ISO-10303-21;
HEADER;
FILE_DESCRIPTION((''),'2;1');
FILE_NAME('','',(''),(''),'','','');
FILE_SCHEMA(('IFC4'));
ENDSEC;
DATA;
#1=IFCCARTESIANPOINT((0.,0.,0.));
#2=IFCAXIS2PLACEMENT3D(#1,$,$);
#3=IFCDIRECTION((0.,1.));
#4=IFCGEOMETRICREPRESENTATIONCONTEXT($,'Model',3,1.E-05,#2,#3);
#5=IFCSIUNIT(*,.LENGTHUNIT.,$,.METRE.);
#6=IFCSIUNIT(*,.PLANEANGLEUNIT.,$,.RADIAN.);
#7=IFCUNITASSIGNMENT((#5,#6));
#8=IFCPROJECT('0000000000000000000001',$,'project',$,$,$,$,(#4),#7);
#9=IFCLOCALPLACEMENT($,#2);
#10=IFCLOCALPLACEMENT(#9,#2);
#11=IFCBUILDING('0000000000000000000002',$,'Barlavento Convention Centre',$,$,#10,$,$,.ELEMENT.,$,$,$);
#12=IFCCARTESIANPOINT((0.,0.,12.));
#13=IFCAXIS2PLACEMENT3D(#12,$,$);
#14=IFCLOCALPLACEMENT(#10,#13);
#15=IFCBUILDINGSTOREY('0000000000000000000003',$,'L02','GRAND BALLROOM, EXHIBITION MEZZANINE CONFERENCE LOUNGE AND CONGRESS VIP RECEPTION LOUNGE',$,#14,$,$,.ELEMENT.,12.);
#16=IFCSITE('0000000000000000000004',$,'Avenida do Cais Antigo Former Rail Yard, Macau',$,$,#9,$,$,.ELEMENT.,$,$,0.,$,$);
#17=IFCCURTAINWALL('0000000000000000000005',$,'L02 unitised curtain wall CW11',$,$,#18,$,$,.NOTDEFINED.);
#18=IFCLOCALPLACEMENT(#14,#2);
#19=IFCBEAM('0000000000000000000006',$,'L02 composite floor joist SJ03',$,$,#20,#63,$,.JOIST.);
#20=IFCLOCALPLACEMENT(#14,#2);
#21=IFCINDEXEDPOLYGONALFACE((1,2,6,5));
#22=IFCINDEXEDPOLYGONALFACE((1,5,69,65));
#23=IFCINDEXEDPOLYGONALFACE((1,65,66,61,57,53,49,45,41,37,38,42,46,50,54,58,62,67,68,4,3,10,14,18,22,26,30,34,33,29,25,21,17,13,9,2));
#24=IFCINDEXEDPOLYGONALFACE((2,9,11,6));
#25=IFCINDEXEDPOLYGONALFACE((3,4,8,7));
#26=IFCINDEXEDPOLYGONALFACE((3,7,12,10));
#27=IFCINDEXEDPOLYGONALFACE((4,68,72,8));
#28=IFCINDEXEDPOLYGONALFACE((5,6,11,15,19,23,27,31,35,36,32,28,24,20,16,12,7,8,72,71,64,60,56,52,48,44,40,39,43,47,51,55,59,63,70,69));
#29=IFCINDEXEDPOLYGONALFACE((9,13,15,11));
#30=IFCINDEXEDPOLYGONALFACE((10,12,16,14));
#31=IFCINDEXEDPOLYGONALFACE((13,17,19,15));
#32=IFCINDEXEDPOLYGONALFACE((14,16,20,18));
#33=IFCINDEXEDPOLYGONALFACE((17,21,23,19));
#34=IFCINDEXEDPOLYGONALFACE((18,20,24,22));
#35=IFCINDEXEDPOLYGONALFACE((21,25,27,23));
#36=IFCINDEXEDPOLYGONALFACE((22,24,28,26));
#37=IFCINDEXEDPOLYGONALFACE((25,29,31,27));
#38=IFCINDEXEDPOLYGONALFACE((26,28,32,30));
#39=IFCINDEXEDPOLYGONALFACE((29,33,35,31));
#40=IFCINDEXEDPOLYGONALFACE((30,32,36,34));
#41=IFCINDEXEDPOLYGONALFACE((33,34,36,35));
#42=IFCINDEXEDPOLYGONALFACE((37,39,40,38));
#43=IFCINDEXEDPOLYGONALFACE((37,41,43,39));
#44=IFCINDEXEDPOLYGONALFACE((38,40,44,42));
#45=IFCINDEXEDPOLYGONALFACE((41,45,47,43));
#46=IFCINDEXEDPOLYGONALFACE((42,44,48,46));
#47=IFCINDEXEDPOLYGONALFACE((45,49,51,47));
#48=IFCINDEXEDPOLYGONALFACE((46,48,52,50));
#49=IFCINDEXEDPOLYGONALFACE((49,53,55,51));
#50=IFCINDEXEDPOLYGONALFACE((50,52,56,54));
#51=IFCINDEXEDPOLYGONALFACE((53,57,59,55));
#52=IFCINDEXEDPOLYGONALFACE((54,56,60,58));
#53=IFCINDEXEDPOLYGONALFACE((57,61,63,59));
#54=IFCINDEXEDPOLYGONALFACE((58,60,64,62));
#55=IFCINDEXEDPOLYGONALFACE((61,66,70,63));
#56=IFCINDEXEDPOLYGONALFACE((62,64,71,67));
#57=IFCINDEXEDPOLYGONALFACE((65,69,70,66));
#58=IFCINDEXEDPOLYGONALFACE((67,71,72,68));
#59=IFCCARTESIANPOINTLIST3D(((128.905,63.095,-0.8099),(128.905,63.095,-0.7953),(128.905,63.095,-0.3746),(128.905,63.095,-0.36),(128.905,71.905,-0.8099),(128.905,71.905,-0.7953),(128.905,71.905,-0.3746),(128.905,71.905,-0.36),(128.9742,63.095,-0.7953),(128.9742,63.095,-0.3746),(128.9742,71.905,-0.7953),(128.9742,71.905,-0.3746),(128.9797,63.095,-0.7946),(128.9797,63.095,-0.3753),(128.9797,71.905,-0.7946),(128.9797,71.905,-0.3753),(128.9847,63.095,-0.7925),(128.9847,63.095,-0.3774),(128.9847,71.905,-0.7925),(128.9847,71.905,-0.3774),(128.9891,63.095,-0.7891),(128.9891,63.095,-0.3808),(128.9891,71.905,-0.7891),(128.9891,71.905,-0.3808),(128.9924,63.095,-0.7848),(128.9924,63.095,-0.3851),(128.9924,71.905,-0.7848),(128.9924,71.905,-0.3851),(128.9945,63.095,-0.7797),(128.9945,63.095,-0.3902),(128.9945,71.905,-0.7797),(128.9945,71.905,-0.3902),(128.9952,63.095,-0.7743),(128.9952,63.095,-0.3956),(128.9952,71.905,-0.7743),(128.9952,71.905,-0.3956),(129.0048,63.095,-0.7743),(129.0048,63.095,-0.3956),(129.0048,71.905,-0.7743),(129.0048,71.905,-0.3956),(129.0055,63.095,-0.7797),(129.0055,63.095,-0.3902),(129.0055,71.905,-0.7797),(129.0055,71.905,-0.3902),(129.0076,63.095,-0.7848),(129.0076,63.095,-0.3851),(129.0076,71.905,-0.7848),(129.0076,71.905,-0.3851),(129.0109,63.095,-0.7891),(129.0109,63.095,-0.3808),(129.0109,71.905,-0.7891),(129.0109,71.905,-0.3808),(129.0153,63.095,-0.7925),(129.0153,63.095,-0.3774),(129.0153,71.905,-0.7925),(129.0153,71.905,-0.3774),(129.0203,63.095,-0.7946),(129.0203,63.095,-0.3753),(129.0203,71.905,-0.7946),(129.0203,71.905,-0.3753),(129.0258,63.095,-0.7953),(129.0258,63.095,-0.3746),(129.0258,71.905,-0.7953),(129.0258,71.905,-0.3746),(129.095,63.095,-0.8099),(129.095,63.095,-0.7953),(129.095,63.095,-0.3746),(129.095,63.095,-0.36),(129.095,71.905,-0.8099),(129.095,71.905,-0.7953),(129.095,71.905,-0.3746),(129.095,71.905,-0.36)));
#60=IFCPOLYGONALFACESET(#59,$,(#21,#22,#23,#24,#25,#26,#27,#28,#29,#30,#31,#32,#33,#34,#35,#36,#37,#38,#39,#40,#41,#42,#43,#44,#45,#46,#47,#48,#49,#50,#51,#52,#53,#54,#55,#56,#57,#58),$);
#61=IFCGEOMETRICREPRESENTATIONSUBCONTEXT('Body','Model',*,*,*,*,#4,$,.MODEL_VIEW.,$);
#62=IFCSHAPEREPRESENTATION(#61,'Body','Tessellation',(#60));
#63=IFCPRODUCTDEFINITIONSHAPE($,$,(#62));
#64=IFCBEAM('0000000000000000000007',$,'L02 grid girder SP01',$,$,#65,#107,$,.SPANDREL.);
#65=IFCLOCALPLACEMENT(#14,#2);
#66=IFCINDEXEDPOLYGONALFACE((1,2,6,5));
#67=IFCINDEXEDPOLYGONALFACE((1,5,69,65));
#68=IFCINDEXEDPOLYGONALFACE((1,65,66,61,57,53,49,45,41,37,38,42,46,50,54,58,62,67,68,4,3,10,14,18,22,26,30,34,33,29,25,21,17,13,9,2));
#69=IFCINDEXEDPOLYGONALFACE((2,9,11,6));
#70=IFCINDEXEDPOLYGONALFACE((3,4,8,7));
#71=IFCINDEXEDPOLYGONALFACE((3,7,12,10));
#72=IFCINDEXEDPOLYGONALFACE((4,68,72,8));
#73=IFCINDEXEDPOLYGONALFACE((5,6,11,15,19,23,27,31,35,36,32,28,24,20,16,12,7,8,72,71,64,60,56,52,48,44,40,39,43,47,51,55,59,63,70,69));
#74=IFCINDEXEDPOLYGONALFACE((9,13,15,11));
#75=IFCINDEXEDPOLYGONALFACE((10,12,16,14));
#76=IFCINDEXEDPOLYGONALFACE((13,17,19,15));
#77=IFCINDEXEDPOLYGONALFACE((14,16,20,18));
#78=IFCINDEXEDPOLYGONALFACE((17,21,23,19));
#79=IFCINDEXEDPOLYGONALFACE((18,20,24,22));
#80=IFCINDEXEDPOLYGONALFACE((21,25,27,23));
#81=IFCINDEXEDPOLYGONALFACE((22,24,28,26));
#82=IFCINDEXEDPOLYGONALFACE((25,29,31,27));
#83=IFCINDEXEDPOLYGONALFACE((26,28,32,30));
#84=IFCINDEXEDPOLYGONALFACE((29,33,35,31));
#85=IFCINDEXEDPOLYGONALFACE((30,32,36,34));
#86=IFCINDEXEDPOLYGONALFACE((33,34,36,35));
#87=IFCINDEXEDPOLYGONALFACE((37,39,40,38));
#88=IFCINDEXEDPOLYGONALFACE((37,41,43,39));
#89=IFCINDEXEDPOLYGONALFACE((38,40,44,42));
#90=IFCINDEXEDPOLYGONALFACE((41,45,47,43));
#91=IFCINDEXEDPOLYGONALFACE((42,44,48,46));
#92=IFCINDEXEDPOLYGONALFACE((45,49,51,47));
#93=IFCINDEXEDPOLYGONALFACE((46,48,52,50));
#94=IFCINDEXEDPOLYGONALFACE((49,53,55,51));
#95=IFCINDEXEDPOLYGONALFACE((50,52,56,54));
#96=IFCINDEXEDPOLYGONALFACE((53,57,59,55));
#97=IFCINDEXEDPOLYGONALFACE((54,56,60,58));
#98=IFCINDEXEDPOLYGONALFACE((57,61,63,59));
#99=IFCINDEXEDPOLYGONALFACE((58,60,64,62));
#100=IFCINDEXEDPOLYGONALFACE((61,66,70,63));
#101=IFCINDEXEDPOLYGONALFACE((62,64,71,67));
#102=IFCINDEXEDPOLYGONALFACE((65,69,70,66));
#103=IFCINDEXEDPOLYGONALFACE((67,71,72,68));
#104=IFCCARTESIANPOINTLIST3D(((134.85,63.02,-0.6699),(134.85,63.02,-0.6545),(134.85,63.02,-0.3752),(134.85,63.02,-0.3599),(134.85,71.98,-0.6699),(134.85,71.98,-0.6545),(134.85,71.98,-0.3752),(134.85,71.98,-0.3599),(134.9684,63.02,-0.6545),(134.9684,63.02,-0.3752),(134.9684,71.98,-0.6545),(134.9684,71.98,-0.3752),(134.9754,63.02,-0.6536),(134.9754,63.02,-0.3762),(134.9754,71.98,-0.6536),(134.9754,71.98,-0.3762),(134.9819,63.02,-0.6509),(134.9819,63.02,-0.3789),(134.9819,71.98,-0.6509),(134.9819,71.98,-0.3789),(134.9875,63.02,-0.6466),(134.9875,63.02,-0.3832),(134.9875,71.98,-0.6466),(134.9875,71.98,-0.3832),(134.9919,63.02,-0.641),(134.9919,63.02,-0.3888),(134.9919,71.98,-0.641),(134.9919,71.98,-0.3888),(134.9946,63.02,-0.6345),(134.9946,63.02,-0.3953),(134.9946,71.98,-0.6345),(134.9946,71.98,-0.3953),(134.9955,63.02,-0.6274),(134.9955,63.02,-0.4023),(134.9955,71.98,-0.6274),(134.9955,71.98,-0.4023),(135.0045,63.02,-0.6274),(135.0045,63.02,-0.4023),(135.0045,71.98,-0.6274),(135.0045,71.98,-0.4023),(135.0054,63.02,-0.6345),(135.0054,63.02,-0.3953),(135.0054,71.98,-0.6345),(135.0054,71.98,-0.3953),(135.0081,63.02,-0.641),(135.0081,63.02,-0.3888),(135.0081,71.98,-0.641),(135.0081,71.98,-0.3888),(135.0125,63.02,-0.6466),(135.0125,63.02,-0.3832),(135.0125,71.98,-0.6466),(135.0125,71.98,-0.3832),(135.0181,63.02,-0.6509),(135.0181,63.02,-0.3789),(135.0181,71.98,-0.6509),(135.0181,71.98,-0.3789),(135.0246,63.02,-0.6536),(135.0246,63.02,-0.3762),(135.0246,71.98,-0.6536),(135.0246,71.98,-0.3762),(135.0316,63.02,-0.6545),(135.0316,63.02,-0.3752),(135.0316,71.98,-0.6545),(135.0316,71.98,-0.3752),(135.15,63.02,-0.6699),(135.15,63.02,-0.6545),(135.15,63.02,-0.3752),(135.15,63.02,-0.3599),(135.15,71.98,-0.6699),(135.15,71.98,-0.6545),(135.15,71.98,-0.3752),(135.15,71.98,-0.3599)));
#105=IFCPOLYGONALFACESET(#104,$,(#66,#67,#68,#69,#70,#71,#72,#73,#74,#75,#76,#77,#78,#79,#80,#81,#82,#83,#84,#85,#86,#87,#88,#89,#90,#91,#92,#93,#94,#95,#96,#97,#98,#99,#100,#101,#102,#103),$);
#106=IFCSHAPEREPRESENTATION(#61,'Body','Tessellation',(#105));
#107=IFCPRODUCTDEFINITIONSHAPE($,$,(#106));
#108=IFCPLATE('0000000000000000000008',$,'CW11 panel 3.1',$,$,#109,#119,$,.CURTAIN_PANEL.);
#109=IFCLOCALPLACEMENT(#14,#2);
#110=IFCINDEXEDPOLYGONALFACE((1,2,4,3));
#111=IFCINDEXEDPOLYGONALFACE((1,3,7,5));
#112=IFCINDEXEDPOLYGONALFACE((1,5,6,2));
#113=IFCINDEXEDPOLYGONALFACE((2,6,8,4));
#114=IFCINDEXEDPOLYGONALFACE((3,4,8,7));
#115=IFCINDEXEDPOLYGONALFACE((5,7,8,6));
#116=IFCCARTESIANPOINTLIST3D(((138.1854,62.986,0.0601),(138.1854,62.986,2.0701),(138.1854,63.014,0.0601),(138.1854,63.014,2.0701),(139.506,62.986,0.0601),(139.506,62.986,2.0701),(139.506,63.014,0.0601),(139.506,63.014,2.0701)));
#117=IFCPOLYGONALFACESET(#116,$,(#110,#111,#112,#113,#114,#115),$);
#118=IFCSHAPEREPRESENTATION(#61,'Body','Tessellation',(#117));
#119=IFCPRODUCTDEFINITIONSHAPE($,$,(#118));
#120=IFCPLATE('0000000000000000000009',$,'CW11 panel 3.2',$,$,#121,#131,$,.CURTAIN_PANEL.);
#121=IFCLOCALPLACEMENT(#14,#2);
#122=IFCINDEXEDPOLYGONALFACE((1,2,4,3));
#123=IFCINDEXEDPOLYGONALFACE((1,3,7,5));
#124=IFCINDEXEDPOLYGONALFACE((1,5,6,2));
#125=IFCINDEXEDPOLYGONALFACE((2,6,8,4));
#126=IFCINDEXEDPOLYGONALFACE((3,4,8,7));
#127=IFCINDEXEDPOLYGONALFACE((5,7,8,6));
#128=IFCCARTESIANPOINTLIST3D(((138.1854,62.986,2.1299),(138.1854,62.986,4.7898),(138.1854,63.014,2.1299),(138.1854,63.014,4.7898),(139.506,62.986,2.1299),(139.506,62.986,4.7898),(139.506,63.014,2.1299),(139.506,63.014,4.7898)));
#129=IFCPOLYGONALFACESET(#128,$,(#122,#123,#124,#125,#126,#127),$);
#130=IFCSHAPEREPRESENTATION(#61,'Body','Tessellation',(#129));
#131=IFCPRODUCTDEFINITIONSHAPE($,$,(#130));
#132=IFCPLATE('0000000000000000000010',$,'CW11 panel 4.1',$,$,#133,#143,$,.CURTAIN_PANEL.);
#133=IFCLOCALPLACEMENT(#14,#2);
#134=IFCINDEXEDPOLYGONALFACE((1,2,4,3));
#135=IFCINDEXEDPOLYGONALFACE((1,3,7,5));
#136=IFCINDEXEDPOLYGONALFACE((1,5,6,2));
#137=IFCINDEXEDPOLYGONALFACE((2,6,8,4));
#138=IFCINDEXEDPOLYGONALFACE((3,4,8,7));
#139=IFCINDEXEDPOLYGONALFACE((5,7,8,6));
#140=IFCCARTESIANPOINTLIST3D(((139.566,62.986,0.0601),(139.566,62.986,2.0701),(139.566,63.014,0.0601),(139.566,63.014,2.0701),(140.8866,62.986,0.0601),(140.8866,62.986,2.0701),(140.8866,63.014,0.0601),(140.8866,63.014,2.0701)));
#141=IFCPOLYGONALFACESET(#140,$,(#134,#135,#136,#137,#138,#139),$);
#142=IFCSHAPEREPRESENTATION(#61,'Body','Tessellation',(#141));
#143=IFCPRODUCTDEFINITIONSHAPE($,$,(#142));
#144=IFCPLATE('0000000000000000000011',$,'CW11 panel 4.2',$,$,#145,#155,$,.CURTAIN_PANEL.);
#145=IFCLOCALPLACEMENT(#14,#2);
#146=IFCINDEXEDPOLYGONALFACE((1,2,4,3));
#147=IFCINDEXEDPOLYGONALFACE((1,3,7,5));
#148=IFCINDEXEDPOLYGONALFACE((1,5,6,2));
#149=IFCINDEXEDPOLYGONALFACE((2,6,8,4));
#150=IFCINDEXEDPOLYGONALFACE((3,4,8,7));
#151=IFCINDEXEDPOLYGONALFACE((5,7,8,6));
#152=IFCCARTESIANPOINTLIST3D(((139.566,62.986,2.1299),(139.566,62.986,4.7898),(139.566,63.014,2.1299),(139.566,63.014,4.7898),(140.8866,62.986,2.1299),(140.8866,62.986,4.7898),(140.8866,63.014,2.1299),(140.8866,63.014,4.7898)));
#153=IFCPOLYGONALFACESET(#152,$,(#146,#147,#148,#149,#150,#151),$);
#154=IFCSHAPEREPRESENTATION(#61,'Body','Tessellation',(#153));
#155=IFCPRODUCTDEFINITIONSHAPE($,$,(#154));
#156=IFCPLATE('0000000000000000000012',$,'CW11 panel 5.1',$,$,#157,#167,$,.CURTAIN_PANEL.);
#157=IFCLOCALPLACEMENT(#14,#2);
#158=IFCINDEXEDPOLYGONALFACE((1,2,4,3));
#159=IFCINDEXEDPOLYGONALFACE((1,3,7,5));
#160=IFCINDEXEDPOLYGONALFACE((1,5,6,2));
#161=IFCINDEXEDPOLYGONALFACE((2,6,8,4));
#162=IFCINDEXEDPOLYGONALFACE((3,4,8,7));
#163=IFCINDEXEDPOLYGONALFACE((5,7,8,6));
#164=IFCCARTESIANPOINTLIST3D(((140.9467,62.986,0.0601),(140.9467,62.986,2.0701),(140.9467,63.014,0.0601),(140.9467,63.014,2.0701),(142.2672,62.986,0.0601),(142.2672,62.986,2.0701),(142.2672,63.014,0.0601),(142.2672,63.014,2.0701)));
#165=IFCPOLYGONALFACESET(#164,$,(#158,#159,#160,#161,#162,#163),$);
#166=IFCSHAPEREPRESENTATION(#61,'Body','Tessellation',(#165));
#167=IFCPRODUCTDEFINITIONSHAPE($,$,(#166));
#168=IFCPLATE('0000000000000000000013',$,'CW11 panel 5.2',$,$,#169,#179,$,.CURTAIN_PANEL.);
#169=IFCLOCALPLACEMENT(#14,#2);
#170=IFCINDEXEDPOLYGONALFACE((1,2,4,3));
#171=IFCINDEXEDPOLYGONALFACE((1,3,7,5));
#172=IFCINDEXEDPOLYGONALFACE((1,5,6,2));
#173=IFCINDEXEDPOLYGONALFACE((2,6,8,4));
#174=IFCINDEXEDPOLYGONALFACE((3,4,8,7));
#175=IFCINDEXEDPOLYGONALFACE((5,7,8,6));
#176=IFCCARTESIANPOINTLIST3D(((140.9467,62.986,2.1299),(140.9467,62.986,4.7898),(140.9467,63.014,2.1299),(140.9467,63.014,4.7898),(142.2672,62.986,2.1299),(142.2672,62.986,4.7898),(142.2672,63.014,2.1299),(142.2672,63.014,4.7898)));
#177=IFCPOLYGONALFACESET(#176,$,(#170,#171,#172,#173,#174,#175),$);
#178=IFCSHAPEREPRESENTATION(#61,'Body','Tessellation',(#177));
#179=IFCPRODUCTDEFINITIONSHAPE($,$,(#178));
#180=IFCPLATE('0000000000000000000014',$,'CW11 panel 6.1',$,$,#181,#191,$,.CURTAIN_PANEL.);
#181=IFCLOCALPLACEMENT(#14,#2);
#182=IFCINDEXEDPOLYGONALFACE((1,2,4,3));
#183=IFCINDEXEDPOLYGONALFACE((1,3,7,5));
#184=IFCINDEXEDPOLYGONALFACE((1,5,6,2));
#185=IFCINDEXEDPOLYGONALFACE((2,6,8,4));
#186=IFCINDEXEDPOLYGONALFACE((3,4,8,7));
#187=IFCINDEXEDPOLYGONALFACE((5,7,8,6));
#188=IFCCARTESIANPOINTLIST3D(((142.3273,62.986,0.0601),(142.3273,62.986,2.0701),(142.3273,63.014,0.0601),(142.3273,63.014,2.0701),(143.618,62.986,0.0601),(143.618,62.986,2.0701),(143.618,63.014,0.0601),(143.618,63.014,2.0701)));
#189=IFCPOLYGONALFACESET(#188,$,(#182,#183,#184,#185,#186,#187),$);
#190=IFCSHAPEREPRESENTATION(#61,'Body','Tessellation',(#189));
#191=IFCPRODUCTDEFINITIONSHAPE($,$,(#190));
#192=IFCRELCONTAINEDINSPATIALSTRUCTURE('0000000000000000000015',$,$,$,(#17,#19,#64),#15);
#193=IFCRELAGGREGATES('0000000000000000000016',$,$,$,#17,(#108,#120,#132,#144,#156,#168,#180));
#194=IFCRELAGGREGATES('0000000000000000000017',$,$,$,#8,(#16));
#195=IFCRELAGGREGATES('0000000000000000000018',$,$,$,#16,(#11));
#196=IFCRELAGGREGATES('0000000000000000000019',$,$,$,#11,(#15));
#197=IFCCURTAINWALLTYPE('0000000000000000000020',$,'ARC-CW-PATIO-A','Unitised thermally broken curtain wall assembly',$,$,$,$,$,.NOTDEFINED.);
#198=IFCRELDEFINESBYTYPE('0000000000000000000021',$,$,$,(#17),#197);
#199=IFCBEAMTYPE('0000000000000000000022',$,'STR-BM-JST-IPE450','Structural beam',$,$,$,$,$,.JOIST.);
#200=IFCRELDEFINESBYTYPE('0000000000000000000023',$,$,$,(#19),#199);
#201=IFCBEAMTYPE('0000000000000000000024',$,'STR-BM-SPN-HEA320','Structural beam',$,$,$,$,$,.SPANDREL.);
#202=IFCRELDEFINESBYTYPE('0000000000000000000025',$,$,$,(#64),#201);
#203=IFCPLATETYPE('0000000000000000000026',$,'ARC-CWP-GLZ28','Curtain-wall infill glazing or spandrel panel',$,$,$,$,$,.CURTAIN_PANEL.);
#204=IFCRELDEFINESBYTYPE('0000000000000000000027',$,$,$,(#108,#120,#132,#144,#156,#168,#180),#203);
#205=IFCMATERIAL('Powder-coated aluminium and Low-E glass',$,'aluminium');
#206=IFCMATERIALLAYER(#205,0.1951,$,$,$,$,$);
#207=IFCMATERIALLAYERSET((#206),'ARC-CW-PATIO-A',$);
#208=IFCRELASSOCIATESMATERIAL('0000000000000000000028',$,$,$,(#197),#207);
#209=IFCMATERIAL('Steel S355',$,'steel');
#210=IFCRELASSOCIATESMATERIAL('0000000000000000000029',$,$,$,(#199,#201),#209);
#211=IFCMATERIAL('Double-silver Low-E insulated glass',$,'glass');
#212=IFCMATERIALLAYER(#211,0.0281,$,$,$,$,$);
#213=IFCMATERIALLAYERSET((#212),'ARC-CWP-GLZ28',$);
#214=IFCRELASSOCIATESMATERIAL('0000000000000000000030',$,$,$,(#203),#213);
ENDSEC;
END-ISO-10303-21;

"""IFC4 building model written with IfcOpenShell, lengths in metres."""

from ifc_helpers import new_model, si_unit, direction, frame, origin, origin_2d, place, context, subcontext, project, spatial, rectangle, i_section, extrude, material, layer, layer_set, material_profile, profile_set, type_object, element, aggregate, save


model = new_model("IFC4")

# Units and contexts
model_context = context("Model", 3, precision=1e-05, world=origin(), true_north=direction((0.0, 1.0)))
body_context = subcontext(model_context, "Body", "Model", "MODEL_VIEW")
ifc_project = project(units=[si_unit("LENGTHUNIT", "METRE"), si_unit("PLANEANGLEUNIT", "RADIAN")], contexts=[model_context])

# Site, building, storey
site_placement = place(None, origin())
site = spatial("IfcSite", under=ifc_project, at=site_placement, Name="Avenida do Cais Antigo Former Rail Yard, Macau", CompositionType="ELEMENT", RefElevation=0.0)
building_placement = place(site_placement, origin())
building = spatial("IfcBuilding", under=site, at=building_placement, Name="Barlavento Convention Centre", CompositionType="ELEMENT")
storey_placement = place(building_placement, frame((0.0, 0.0, 12.0)))
storey = spatial("IfcBuildingStorey", under=building, at=storey_placement, Name="L02", Description="GRAND BALLROOM, EXHIBITION MEZZANINE CONFERENCE LOUNGE AND CONGRESS VIP RECEPTION LOUNGE", CompositionType="ELEMENT", Elevation=12.0)

# Curtain wall
ifc_material_1 = material(Name="Powder-coated aluminium and Low-E glass", Category="aluminium")
ifc_layer_1 = layer(ifc_material_1, 0.1951)
ifc_layer_set_1 = layer_set([ifc_layer_1], Name="ARC-CW-PATIO-A")
curtain_wall_type_1 = type_object("IfcCurtainWallType", Name="ARC-CW-PATIO-A", Description="Unitised thermally broken curtain wall assembly", PredefinedType="NOTDEFINED", material=ifc_layer_set_1)
curtain_wall_1_placement = place(storey_placement, origin())
curtain_wall_1 = element("IfcCurtainWall", 1, at=curtain_wall_1_placement, inside=storey, type_object=curtain_wall_type_1, Name="L02 unitised curtain wall CW11", PredefinedType="NOTDEFINED")

# Beams
ifc_material_2 = material(Name="Steel S355", Category="steel")
ifc_material_profile_1 = material_profile(ifc_material_2, i_section(OverallWidth=0.1899, OverallDepth=0.45, WebThickness=0.0095, FlangeThickness=0.0146, FilletRadius=0.021, at=origin_2d()), Name="IPE 450")
ifc_profile_set_1 = profile_set([ifc_material_profile_1], Name="Steel S355")
beam_type_1 = type_object("IfcBeamType", Name="STR-BM-JST-IPE450", Description="Structural beam", PredefinedType="JOIST", material=ifc_profile_set_1)
beam_1_placement = place(storey_placement, frame((129.0, 63.095, -0.585), z_axis=(0.0, 1.0, 0.0), x_axis=(-1.0, 0.0, 0.0)))
element("IfcBeam", 2, at=beam_1_placement, inside=storey, type_object=beam_type_1, Name="L02 composite floor joist SJ03", PredefinedType="JOIST", context=body_context, shape_type="SweptSolid", body=[
    extrude(i_section(OverallWidth=0.1899, OverallDepth=0.45, WebThickness=0.0095, FlangeThickness=0.0146, FilletRadius=0.021, at=origin_2d()), origin(), (0.0, 0.0, 1.0), 8.8101),
])
ifc_material_profile_2 = material_profile(ifc_material_2, i_section(OverallWidth=0.3, OverallDepth=0.3101, WebThickness=0.009, FlangeThickness=0.0154, FilletRadius=0.0271, at=origin_2d()), Name="HEA 320")
ifc_profile_set_2 = profile_set([ifc_material_profile_2], Name="Steel S355")
beam_type_2 = type_object("IfcBeamType", Name="STR-BM-SPN-HEA320", Description="Structural beam", PredefinedType="SPANDREL", material=ifc_profile_set_2)
beam_2_placement = place(storey_placement, frame((135.0, 63.02, -0.5149), z_axis=(0.0, 1.0, 0.0), x_axis=(-1.0, 0.0, 0.0)))
element("IfcBeam", 3, at=beam_2_placement, inside=storey, type_object=beam_type_2, Name="L02 grid girder SP01", PredefinedType="SPANDREL", context=body_context, shape_type="SweptSolid", body=[
    extrude(i_section(OverallWidth=0.3, OverallDepth=0.3101, WebThickness=0.009, FlangeThickness=0.0154, FilletRadius=0.0271, at=origin_2d()), origin(), (0.0, 0.0, 1.0), 8.96),
])

# Plates
ifc_material_3 = material(Name="Double-silver Low-E insulated glass", Category="glass")
ifc_layer_2 = layer(ifc_material_3, 0.0281)
ifc_layer_set_2 = layer_set([ifc_layer_2], Name="ARC-CWP-GLZ28")
plate_type = type_object("IfcPlateType", Name="ARC-CWP-GLZ28", Description="Curtain-wall infill glazing or spandrel panel", PredefinedType="CURTAIN_PANEL", material=ifc_layer_set_2)
plate_1_placement = place(storey_placement, frame((138.8457, 63.0, 0.0601), z_axis=(0.0, 0.0, 1.0), x_axis=(1.0, 0.0, 0.0)))
plate_1 = element("IfcPlate", 4, at=plate_1_placement, type_object=plate_type, Name="CW11 panel 3.1", PredefinedType="CURTAIN_PANEL", context=body_context, shape_type="SweptSolid", body=[
    extrude(rectangle(XDim=1.3206, YDim=0.0281, at=origin_2d()), origin(), (0.0, 0.0, 1.0), 2.01),
])
plate_2_placement = place(storey_placement, frame((138.8457, 63.0, 2.1299), z_axis=(0.0, 0.0, 1.0), x_axis=(1.0, 0.0, 0.0)))
plate_2 = element("IfcPlate", 5, at=plate_2_placement, type_object=plate_type, Name="CW11 panel 3.2", PredefinedType="CURTAIN_PANEL", context=body_context, shape_type="SweptSolid", body=[
    extrude(rectangle(XDim=1.3206, YDim=0.0281, at=origin_2d()), origin(), (0.0, 0.0, 1.0), 2.6599),
])
plate_3_placement = place(storey_placement, frame((140.2263, 63.0, 0.0601), z_axis=(0.0, 0.0, 1.0), x_axis=(1.0, 0.0, 0.0)))
plate_3 = element("IfcPlate", 6, at=plate_3_placement, type_object=plate_type, Name="CW11 panel 4.1", PredefinedType="CURTAIN_PANEL", context=body_context, shape_type="SweptSolid", body=[
    extrude(rectangle(XDim=1.3206, YDim=0.0281, at=origin_2d()), origin(), (0.0, 0.0, 1.0), 2.01),
])
plate_4_placement = place(storey_placement, frame((140.2263, 63.0, 2.1299), z_axis=(0.0, 0.0, 1.0), x_axis=(1.0, 0.0, 0.0)))
plate_4 = element("IfcPlate", 7, at=plate_4_placement, type_object=plate_type, Name="CW11 panel 4.2", PredefinedType="CURTAIN_PANEL", context=body_context, shape_type="SweptSolid", body=[
    extrude(rectangle(XDim=1.3206, YDim=0.0281, at=origin_2d()), origin(), (0.0, 0.0, 1.0), 2.6599),
])
plate_5_placement = place(storey_placement, frame((141.6069, 63.0, 0.0601), z_axis=(0.0, 0.0, 1.0), x_axis=(1.0, 0.0, 0.0)))
plate_5 = element("IfcPlate", 8, at=plate_5_placement, type_object=plate_type, Name="CW11 panel 5.1", PredefinedType="CURTAIN_PANEL", context=body_context, shape_type="SweptSolid", body=[
    extrude(rectangle(XDim=1.3206, YDim=0.0281, at=origin_2d()), origin(), (0.0, 0.0, 1.0), 2.01),
])
plate_6_placement = place(storey_placement, frame((141.6069, 63.0, 2.1299), z_axis=(0.0, 0.0, 1.0), x_axis=(1.0, 0.0, 0.0)))
plate_6 = element("IfcPlate", 9, at=plate_6_placement, type_object=plate_type, Name="CW11 panel 5.2", PredefinedType="CURTAIN_PANEL", context=body_context, shape_type="SweptSolid", body=[
    extrude(rectangle(XDim=1.3206, YDim=0.0281, at=origin_2d()), origin(), (0.0, 0.0, 1.0), 2.6599),
])
plate_7_placement = place(storey_placement, frame((142.9727, 63.0, 0.0601), z_axis=(0.0, 0.0, 1.0), x_axis=(1.0, 0.0, 0.0)))
plate_7 = element("IfcPlate", 10, at=plate_7_placement, type_object=plate_type, Name="CW11 panel 6.1", PredefinedType="CURTAIN_PANEL", context=body_context, shape_type="SweptSolid", body=[
    extrude(rectangle(XDim=1.2908, YDim=0.0281, at=origin_2d()), origin(), (0.0, 0.0, 1.0), 2.01),
])
aggregate(curtain_wall_1, [plate_1, plate_2, plate_3, plate_4, plate_5, plate_6, plate_7])

save(model, "model.ifc")
